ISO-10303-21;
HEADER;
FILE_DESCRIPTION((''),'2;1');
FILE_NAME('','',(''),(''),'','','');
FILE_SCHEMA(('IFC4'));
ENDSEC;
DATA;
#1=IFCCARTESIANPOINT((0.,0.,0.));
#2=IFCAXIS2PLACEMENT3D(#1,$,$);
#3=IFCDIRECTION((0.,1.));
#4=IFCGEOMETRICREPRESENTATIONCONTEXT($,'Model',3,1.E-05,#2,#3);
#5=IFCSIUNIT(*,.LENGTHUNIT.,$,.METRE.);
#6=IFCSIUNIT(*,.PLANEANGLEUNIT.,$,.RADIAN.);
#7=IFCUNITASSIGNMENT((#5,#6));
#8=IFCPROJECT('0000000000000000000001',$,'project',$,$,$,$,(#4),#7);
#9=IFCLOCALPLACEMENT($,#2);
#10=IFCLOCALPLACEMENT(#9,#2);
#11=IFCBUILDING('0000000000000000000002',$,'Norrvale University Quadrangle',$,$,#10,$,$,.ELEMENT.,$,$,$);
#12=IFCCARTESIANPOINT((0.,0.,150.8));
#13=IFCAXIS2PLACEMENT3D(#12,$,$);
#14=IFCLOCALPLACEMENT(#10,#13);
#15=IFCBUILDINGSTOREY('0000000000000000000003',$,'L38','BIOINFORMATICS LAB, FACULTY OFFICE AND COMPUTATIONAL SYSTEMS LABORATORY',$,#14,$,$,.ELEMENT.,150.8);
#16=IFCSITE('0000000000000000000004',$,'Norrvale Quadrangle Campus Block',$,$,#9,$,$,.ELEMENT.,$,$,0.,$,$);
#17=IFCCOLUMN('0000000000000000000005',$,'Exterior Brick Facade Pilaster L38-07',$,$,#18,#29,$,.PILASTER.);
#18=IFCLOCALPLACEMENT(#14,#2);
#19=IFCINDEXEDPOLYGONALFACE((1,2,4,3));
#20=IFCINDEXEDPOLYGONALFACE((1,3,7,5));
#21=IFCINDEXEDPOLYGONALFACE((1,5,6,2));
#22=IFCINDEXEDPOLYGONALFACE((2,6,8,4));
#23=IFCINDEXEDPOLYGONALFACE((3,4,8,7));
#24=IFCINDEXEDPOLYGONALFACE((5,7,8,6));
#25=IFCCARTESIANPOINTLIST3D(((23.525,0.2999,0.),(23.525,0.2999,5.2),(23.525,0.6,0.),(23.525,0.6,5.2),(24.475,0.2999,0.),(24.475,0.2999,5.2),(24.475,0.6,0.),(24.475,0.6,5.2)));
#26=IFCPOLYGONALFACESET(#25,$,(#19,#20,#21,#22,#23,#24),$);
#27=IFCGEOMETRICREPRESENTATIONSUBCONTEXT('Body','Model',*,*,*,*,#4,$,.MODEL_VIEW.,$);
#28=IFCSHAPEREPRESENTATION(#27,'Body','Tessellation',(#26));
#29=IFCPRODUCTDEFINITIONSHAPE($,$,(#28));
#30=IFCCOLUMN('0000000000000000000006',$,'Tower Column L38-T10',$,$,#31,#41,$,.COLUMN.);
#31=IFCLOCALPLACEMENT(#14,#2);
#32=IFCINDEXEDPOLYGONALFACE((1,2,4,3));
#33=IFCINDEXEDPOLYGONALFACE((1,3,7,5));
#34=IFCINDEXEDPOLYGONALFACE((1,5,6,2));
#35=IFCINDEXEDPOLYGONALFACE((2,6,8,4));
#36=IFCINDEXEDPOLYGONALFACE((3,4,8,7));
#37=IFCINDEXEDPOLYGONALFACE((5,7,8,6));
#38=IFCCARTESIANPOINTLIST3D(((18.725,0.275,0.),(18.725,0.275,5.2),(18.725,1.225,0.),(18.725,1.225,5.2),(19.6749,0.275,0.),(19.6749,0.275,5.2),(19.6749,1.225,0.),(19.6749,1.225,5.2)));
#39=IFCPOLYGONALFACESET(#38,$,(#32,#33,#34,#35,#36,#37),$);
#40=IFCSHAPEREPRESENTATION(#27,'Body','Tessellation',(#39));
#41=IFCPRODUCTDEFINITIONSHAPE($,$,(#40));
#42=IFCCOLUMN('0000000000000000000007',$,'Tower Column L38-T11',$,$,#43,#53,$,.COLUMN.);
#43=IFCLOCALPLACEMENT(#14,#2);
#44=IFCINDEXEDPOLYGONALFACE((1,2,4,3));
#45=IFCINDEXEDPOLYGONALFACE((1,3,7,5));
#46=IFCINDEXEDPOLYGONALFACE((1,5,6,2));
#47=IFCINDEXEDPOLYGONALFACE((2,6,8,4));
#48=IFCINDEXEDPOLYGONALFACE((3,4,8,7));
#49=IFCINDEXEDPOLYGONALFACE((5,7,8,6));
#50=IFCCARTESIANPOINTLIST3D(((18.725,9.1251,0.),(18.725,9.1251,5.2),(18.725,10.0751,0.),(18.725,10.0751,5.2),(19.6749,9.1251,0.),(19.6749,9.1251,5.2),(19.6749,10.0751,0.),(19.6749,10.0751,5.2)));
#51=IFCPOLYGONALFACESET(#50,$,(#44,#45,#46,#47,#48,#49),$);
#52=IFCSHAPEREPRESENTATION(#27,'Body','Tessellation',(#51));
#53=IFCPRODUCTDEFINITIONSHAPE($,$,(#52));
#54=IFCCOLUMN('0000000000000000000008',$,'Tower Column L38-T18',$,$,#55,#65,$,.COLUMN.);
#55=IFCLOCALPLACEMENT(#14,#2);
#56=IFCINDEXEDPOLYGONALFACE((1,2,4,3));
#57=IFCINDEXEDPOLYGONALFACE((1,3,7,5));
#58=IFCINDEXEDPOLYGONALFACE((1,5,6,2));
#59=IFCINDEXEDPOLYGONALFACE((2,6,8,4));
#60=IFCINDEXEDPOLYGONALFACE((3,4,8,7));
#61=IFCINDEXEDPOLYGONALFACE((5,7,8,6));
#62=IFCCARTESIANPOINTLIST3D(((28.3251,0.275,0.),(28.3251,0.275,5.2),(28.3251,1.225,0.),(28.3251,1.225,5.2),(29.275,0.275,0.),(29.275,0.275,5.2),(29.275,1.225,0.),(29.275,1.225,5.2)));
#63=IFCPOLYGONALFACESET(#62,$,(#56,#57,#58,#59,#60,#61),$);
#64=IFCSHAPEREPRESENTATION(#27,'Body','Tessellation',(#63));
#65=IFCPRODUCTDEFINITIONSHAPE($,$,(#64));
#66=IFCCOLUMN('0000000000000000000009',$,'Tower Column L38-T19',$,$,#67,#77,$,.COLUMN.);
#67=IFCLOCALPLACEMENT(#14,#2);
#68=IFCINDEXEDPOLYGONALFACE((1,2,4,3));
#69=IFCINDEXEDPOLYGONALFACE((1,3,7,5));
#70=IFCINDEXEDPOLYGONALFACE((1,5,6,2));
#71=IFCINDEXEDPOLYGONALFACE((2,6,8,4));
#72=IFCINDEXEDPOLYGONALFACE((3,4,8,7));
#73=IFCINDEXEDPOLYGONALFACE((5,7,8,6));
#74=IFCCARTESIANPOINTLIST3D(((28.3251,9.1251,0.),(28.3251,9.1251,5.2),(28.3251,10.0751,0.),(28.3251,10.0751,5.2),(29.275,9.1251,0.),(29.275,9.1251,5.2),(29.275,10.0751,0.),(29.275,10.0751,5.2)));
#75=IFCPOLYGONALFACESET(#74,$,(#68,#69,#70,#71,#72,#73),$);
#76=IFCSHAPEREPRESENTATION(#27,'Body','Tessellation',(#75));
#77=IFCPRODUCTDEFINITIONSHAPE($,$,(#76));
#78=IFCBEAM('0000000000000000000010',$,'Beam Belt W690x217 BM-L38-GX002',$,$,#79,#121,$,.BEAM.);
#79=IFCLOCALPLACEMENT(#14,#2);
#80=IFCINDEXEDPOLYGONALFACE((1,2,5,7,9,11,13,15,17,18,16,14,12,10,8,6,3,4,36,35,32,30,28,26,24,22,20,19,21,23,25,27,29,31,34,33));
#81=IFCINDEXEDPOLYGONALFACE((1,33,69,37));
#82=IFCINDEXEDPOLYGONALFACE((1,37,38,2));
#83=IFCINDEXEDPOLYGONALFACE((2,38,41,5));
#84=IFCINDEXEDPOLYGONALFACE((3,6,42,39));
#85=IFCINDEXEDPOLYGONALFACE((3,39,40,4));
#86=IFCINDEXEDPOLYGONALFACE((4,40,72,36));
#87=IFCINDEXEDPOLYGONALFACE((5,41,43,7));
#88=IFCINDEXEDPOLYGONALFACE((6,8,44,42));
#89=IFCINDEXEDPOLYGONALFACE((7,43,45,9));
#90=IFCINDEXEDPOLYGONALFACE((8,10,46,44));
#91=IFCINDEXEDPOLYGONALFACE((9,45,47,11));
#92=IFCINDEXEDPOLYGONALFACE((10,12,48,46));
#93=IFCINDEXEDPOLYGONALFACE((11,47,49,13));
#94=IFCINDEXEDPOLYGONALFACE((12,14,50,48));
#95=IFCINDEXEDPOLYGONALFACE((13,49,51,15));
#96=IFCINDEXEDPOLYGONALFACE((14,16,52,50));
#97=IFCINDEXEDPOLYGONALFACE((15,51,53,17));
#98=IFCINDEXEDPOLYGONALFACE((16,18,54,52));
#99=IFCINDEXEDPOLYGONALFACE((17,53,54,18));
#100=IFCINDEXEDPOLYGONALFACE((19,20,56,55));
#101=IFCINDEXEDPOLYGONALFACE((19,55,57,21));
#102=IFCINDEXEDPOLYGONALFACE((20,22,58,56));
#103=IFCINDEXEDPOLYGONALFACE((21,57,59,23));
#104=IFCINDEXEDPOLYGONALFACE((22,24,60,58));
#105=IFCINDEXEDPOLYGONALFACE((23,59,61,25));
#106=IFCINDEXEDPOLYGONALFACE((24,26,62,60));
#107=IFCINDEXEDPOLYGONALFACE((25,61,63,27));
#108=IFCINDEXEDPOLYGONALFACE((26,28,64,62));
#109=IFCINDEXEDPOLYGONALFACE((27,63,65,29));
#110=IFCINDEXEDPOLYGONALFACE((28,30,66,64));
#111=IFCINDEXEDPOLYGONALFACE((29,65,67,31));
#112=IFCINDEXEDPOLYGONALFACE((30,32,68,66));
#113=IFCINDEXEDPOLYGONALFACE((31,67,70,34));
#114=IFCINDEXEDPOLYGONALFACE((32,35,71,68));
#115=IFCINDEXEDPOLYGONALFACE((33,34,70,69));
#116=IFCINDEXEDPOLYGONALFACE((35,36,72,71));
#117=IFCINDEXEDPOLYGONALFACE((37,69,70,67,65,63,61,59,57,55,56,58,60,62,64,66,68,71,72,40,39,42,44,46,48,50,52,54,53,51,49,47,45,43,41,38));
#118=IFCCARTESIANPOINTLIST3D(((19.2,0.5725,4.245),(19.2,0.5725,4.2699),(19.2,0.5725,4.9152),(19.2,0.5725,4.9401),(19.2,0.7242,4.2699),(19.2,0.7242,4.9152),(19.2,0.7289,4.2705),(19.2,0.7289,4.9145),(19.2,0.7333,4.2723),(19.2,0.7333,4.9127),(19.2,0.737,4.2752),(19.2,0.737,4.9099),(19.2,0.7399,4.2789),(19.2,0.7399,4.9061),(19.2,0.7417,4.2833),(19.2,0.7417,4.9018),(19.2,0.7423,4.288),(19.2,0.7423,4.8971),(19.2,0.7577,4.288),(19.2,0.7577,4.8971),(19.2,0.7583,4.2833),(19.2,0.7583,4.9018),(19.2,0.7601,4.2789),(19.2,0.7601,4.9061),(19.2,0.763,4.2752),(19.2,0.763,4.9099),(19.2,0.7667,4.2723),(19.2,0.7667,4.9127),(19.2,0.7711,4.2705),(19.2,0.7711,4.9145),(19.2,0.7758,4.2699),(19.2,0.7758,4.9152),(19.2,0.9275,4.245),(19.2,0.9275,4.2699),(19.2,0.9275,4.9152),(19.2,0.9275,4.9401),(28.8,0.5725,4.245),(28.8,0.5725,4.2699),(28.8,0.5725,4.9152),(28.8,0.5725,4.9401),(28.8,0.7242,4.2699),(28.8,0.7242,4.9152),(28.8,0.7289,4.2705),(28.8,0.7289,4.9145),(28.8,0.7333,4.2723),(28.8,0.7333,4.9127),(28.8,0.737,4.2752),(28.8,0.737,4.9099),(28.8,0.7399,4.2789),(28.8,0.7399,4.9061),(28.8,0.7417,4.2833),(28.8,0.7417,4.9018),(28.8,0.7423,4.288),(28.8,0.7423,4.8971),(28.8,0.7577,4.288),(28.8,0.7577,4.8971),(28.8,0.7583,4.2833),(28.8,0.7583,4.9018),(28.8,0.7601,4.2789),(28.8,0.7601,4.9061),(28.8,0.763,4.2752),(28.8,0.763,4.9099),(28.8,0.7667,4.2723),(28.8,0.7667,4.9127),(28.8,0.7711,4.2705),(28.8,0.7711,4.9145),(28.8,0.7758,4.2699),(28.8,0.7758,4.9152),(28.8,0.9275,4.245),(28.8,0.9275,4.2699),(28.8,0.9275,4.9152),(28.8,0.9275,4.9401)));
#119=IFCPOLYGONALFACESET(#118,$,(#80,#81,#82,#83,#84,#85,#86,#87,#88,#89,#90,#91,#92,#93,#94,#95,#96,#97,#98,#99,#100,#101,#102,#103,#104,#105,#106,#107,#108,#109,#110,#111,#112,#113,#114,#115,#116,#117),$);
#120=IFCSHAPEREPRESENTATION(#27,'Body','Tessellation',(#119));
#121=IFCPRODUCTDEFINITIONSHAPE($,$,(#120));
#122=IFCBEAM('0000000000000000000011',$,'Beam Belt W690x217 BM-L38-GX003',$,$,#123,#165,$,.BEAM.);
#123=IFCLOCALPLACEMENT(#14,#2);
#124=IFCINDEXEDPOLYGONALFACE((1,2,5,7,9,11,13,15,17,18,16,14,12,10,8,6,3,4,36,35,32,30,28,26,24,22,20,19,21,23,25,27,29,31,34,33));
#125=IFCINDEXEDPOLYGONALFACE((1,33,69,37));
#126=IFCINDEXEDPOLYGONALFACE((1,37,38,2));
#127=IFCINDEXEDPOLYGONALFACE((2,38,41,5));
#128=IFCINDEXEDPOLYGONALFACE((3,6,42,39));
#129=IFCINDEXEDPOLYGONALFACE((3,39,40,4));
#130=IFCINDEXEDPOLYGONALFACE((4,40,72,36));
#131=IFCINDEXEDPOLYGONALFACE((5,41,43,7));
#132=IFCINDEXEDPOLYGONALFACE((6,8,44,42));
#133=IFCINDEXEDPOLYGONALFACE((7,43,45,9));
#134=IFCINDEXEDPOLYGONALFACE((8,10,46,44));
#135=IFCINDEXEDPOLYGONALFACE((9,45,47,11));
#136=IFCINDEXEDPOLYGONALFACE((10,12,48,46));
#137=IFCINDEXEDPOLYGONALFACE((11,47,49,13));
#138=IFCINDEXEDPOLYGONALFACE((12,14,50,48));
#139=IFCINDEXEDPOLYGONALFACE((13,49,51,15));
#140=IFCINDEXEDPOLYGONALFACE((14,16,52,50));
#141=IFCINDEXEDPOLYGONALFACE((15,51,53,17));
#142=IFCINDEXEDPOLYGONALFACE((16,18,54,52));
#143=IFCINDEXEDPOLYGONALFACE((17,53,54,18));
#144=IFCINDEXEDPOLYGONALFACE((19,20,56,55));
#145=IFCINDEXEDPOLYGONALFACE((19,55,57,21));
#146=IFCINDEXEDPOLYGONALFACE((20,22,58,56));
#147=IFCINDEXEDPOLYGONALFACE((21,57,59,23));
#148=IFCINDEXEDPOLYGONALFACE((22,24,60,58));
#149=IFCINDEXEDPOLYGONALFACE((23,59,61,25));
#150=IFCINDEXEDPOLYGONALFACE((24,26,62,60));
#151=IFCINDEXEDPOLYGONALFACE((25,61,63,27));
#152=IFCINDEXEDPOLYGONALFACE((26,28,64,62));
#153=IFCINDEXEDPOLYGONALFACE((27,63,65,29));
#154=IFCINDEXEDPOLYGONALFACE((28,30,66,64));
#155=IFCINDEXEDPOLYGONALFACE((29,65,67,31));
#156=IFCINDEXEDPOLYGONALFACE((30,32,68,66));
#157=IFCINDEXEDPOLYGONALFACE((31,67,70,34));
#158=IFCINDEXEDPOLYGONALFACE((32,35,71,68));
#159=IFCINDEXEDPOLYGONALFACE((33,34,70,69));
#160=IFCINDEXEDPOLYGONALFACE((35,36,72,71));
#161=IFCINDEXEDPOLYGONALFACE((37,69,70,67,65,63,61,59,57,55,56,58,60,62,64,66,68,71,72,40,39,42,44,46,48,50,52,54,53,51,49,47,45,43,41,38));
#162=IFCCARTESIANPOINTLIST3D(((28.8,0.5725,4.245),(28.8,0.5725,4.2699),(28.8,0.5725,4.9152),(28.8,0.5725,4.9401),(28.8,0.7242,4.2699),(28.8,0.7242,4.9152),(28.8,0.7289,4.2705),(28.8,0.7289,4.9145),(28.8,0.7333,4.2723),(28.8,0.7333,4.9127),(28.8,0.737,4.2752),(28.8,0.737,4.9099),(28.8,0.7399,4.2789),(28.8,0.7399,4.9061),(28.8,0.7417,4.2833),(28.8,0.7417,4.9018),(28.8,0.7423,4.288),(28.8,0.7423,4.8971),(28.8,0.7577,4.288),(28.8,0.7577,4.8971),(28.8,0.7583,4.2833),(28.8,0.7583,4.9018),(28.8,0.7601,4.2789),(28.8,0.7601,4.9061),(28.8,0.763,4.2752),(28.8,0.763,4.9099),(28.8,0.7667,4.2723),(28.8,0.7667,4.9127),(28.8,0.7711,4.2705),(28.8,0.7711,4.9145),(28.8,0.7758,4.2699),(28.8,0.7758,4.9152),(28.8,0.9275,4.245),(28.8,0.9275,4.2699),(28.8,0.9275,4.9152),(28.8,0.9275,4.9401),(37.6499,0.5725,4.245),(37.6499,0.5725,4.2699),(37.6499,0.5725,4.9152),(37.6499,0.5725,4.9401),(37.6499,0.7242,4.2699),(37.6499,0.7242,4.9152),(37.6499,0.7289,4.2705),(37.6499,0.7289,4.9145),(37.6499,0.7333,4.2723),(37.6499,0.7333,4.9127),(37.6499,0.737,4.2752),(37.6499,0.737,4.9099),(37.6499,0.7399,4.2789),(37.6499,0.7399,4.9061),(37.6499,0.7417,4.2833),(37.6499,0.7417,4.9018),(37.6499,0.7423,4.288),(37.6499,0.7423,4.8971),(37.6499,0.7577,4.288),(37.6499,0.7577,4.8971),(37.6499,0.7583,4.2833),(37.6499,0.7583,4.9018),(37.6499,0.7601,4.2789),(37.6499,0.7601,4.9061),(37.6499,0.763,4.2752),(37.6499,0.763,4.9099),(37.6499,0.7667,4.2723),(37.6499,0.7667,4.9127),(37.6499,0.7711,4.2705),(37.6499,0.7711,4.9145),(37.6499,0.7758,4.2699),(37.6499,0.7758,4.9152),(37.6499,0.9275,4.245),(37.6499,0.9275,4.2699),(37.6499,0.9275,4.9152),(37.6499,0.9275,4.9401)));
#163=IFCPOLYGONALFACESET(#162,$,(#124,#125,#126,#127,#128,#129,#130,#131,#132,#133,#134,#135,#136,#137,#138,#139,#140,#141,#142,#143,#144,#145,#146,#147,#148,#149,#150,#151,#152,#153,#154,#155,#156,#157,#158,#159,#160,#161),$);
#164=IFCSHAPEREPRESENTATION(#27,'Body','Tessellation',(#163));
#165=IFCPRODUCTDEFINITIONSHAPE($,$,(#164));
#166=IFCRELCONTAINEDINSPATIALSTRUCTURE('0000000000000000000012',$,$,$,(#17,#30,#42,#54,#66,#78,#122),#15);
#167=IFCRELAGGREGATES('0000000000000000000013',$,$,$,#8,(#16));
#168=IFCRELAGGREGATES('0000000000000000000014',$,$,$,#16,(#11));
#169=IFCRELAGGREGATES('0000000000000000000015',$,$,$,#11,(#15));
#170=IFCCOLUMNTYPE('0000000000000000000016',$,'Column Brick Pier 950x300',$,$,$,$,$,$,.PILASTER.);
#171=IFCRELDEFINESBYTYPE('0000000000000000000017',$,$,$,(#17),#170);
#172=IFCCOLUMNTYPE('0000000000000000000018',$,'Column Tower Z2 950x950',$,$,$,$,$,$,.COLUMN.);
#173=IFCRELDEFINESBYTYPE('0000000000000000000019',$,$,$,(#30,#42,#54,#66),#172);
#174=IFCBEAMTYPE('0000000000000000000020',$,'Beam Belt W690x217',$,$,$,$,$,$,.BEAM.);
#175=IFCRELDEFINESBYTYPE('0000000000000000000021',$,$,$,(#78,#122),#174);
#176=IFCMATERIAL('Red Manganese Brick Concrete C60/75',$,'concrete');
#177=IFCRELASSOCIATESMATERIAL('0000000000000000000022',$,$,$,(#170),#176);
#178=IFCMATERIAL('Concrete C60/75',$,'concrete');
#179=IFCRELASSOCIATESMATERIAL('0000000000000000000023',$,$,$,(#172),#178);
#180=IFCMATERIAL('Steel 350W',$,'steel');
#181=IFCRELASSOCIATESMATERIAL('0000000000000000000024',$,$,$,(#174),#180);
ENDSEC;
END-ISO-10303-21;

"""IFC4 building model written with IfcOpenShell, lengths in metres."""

from ifc_helpers import new_model, si_unit, direction, frame, origin, origin_2d, place, context, subcontext, project, spatial, rectangle, i_section, extrude, material, material_profile, profile_set, type_object, element, save


model = new_model("IFC4")

# Units and contexts
model_context = context("Model", 3, precision=1e-05, world=origin(), true_north=direction((0.0, 1.0)))
body_context = subcontext(model_context, "Body", "Model", "MODEL_VIEW")
ifc_project = project(units=[si_unit("LENGTHUNIT", "METRE"), si_unit("PLANEANGLEUNIT", "RADIAN")], contexts=[model_context])

# Site, building, storey
site_placement = place(None, origin())
site = spatial("IfcSite", under=ifc_project, at=site_placement, Name="Norrvale Quadrangle Campus Block", CompositionType="ELEMENT", RefElevation=0.0)
building_placement = place(site_placement, origin())
building = spatial("IfcBuilding", under=site, at=building_placement, Name="Norrvale University Quadrangle", CompositionType="ELEMENT")
storey_placement = place(building_placement, frame((0.0, 0.0, 150.8)))
storey = spatial("IfcBuildingStorey", under=building, at=storey_placement, Name="L38", Description="BIOINFORMATICS LAB, FACULTY OFFICE AND COMPUTATIONAL SYSTEMS LABORATORY", CompositionType="ELEMENT", Elevation=150.8)

# Columns
ifc_material_1 = material(Name="Red Manganese Brick Concrete C60/75", Category="concrete")
ifc_material_profile_1 = material_profile(ifc_material_1, rectangle(XDim=0.95, YDim=0.3, at=origin_2d()), Name="Red Manganese Brick Concrete C60/75")
ifc_profile_set_1 = profile_set([ifc_material_profile_1], Name="Red Manganese Brick Concrete C60/75")
column_type_1 = type_object("IfcColumnType", Name="Column Brick Pier 950x300", PredefinedType="PILASTER", material=ifc_profile_set_1)
column_placement = place(storey_placement, frame((24.0, 0.45, 0.0), z_axis=(0.0, 0.0, 1.0), x_axis=(1.0, 0.0, 0.0)))
element("IfcColumn", 1, at=column_placement, inside=storey, type_object=column_type_1, Name="Exterior Brick Facade Pilaster L38-07", PredefinedType="PILASTER", context=body_context, shape_type="SweptSolid", body=[
    extrude(rectangle(XDim=0.95, YDim=0.3, at=origin_2d()), origin(), (0.0, 0.0, 1.0), 5.2),
])
ifc_material_2 = material(Name="Concrete C60/75", Category="concrete")
ifc_material_profile_2 = material_profile(ifc_material_2, rectangle(XDim=0.95, YDim=0.95, at=origin_2d()), Name="Concrete C60/75")
ifc_profile_set_2 = profile_set([ifc_material_profile_2], Name="Concrete C60/75")
column_type_2 = type_object("IfcColumnType", Name="Column Tower Z2 950x950", PredefinedType="COLUMN", material=ifc_profile_set_2)
for number, where, z_axis, x_axis, name in (
    (2, (19.2, 0.75, 0.0), (0.0, 0.0, 1.0), (1.0, 0.0, 0.0), "Tower Column L38-T10"),
    (3, (19.2, 9.6001, 0.0), (0.0, 0.0, 1.0), (1.0, 0.0, 0.0), "Tower Column L38-T11"),
    (4, (28.8, 0.75, 0.0), (0.0, 0.0, 1.0), (1.0, 0.0, 0.0), "Tower Column L38-T18"),
    (5, (28.8, 9.6001, 0.0), (0.0, 0.0, 1.0), (1.0, 0.0, 0.0), "Tower Column L38-T19"),
):
    element("IfcColumn", number, at=place(storey_placement, frame(where, z_axis=z_axis, x_axis=x_axis)), inside=storey, type_object=column_type_2, Name=name, PredefinedType="COLUMN", context=body_context, shape_type="SweptSolid", body=[
        extrude(rectangle(XDim=0.95, YDim=0.95, at=origin_2d()), origin(), (0.0, 0.0, 1.0), 5.2),
    ])

# Beams
ifc_material_3 = material(Name="Steel 350W", Category="steel")
ifc_material_profile_3 = material_profile(ifc_material_3, i_section(OverallWidth=0.355, OverallDepth=0.6951, WebThickness=0.0154, FlangeThickness=0.0249, FilletRadius=0.0181, at=origin_2d()), Name="Steel 350W")
ifc_profile_set_3 = profile_set([ifc_material_profile_3], Name="Steel 350W")
beam_type_1 = type_object("IfcBeamType", Name="Beam Belt W690x217", PredefinedType="BEAM", material=ifc_profile_set_3)
beam_1_placement = place(storey_placement, frame((19.2, 0.75, 4.5925), z_axis=(1.0, 0.0, 0.0), x_axis=(0.0, 1.0, 0.0)))
element("IfcBeam", 6, at=beam_1_placement, inside=storey, type_object=beam_type_1, Name="Beam Belt W690x217 BM-L38-GX002", PredefinedType="BEAM", context=body_context, shape_type="SweptSolid", body=[
    extrude(i_section(OverallWidth=0.355, OverallDepth=0.6951, WebThickness=0.0154, FlangeThickness=0.0249, FilletRadius=0.0181, at=origin_2d()), origin(), (0.0, 0.0, 1.0), 9.6001),
])
beam_2_placement = place(storey_placement, frame((28.8, 0.75, 4.5925), z_axis=(1.0, 0.0, 0.0), x_axis=(0.0, 1.0, 0.0)))
element("IfcBeam", 7, at=beam_2_placement, inside=storey, type_object=beam_type_1, Name="Beam Belt W690x217 BM-L38-GX003", PredefinedType="BEAM", context=body_context, shape_type="SweptSolid", body=[
    extrude(i_section(OverallWidth=0.355, OverallDepth=0.6951, WebThickness=0.0154, FlangeThickness=0.0249, FilletRadius=0.0181, at=origin_2d()), origin(), (0.0, 0.0, 1.0), 8.8499),
])

save(model, "model.ifc")
